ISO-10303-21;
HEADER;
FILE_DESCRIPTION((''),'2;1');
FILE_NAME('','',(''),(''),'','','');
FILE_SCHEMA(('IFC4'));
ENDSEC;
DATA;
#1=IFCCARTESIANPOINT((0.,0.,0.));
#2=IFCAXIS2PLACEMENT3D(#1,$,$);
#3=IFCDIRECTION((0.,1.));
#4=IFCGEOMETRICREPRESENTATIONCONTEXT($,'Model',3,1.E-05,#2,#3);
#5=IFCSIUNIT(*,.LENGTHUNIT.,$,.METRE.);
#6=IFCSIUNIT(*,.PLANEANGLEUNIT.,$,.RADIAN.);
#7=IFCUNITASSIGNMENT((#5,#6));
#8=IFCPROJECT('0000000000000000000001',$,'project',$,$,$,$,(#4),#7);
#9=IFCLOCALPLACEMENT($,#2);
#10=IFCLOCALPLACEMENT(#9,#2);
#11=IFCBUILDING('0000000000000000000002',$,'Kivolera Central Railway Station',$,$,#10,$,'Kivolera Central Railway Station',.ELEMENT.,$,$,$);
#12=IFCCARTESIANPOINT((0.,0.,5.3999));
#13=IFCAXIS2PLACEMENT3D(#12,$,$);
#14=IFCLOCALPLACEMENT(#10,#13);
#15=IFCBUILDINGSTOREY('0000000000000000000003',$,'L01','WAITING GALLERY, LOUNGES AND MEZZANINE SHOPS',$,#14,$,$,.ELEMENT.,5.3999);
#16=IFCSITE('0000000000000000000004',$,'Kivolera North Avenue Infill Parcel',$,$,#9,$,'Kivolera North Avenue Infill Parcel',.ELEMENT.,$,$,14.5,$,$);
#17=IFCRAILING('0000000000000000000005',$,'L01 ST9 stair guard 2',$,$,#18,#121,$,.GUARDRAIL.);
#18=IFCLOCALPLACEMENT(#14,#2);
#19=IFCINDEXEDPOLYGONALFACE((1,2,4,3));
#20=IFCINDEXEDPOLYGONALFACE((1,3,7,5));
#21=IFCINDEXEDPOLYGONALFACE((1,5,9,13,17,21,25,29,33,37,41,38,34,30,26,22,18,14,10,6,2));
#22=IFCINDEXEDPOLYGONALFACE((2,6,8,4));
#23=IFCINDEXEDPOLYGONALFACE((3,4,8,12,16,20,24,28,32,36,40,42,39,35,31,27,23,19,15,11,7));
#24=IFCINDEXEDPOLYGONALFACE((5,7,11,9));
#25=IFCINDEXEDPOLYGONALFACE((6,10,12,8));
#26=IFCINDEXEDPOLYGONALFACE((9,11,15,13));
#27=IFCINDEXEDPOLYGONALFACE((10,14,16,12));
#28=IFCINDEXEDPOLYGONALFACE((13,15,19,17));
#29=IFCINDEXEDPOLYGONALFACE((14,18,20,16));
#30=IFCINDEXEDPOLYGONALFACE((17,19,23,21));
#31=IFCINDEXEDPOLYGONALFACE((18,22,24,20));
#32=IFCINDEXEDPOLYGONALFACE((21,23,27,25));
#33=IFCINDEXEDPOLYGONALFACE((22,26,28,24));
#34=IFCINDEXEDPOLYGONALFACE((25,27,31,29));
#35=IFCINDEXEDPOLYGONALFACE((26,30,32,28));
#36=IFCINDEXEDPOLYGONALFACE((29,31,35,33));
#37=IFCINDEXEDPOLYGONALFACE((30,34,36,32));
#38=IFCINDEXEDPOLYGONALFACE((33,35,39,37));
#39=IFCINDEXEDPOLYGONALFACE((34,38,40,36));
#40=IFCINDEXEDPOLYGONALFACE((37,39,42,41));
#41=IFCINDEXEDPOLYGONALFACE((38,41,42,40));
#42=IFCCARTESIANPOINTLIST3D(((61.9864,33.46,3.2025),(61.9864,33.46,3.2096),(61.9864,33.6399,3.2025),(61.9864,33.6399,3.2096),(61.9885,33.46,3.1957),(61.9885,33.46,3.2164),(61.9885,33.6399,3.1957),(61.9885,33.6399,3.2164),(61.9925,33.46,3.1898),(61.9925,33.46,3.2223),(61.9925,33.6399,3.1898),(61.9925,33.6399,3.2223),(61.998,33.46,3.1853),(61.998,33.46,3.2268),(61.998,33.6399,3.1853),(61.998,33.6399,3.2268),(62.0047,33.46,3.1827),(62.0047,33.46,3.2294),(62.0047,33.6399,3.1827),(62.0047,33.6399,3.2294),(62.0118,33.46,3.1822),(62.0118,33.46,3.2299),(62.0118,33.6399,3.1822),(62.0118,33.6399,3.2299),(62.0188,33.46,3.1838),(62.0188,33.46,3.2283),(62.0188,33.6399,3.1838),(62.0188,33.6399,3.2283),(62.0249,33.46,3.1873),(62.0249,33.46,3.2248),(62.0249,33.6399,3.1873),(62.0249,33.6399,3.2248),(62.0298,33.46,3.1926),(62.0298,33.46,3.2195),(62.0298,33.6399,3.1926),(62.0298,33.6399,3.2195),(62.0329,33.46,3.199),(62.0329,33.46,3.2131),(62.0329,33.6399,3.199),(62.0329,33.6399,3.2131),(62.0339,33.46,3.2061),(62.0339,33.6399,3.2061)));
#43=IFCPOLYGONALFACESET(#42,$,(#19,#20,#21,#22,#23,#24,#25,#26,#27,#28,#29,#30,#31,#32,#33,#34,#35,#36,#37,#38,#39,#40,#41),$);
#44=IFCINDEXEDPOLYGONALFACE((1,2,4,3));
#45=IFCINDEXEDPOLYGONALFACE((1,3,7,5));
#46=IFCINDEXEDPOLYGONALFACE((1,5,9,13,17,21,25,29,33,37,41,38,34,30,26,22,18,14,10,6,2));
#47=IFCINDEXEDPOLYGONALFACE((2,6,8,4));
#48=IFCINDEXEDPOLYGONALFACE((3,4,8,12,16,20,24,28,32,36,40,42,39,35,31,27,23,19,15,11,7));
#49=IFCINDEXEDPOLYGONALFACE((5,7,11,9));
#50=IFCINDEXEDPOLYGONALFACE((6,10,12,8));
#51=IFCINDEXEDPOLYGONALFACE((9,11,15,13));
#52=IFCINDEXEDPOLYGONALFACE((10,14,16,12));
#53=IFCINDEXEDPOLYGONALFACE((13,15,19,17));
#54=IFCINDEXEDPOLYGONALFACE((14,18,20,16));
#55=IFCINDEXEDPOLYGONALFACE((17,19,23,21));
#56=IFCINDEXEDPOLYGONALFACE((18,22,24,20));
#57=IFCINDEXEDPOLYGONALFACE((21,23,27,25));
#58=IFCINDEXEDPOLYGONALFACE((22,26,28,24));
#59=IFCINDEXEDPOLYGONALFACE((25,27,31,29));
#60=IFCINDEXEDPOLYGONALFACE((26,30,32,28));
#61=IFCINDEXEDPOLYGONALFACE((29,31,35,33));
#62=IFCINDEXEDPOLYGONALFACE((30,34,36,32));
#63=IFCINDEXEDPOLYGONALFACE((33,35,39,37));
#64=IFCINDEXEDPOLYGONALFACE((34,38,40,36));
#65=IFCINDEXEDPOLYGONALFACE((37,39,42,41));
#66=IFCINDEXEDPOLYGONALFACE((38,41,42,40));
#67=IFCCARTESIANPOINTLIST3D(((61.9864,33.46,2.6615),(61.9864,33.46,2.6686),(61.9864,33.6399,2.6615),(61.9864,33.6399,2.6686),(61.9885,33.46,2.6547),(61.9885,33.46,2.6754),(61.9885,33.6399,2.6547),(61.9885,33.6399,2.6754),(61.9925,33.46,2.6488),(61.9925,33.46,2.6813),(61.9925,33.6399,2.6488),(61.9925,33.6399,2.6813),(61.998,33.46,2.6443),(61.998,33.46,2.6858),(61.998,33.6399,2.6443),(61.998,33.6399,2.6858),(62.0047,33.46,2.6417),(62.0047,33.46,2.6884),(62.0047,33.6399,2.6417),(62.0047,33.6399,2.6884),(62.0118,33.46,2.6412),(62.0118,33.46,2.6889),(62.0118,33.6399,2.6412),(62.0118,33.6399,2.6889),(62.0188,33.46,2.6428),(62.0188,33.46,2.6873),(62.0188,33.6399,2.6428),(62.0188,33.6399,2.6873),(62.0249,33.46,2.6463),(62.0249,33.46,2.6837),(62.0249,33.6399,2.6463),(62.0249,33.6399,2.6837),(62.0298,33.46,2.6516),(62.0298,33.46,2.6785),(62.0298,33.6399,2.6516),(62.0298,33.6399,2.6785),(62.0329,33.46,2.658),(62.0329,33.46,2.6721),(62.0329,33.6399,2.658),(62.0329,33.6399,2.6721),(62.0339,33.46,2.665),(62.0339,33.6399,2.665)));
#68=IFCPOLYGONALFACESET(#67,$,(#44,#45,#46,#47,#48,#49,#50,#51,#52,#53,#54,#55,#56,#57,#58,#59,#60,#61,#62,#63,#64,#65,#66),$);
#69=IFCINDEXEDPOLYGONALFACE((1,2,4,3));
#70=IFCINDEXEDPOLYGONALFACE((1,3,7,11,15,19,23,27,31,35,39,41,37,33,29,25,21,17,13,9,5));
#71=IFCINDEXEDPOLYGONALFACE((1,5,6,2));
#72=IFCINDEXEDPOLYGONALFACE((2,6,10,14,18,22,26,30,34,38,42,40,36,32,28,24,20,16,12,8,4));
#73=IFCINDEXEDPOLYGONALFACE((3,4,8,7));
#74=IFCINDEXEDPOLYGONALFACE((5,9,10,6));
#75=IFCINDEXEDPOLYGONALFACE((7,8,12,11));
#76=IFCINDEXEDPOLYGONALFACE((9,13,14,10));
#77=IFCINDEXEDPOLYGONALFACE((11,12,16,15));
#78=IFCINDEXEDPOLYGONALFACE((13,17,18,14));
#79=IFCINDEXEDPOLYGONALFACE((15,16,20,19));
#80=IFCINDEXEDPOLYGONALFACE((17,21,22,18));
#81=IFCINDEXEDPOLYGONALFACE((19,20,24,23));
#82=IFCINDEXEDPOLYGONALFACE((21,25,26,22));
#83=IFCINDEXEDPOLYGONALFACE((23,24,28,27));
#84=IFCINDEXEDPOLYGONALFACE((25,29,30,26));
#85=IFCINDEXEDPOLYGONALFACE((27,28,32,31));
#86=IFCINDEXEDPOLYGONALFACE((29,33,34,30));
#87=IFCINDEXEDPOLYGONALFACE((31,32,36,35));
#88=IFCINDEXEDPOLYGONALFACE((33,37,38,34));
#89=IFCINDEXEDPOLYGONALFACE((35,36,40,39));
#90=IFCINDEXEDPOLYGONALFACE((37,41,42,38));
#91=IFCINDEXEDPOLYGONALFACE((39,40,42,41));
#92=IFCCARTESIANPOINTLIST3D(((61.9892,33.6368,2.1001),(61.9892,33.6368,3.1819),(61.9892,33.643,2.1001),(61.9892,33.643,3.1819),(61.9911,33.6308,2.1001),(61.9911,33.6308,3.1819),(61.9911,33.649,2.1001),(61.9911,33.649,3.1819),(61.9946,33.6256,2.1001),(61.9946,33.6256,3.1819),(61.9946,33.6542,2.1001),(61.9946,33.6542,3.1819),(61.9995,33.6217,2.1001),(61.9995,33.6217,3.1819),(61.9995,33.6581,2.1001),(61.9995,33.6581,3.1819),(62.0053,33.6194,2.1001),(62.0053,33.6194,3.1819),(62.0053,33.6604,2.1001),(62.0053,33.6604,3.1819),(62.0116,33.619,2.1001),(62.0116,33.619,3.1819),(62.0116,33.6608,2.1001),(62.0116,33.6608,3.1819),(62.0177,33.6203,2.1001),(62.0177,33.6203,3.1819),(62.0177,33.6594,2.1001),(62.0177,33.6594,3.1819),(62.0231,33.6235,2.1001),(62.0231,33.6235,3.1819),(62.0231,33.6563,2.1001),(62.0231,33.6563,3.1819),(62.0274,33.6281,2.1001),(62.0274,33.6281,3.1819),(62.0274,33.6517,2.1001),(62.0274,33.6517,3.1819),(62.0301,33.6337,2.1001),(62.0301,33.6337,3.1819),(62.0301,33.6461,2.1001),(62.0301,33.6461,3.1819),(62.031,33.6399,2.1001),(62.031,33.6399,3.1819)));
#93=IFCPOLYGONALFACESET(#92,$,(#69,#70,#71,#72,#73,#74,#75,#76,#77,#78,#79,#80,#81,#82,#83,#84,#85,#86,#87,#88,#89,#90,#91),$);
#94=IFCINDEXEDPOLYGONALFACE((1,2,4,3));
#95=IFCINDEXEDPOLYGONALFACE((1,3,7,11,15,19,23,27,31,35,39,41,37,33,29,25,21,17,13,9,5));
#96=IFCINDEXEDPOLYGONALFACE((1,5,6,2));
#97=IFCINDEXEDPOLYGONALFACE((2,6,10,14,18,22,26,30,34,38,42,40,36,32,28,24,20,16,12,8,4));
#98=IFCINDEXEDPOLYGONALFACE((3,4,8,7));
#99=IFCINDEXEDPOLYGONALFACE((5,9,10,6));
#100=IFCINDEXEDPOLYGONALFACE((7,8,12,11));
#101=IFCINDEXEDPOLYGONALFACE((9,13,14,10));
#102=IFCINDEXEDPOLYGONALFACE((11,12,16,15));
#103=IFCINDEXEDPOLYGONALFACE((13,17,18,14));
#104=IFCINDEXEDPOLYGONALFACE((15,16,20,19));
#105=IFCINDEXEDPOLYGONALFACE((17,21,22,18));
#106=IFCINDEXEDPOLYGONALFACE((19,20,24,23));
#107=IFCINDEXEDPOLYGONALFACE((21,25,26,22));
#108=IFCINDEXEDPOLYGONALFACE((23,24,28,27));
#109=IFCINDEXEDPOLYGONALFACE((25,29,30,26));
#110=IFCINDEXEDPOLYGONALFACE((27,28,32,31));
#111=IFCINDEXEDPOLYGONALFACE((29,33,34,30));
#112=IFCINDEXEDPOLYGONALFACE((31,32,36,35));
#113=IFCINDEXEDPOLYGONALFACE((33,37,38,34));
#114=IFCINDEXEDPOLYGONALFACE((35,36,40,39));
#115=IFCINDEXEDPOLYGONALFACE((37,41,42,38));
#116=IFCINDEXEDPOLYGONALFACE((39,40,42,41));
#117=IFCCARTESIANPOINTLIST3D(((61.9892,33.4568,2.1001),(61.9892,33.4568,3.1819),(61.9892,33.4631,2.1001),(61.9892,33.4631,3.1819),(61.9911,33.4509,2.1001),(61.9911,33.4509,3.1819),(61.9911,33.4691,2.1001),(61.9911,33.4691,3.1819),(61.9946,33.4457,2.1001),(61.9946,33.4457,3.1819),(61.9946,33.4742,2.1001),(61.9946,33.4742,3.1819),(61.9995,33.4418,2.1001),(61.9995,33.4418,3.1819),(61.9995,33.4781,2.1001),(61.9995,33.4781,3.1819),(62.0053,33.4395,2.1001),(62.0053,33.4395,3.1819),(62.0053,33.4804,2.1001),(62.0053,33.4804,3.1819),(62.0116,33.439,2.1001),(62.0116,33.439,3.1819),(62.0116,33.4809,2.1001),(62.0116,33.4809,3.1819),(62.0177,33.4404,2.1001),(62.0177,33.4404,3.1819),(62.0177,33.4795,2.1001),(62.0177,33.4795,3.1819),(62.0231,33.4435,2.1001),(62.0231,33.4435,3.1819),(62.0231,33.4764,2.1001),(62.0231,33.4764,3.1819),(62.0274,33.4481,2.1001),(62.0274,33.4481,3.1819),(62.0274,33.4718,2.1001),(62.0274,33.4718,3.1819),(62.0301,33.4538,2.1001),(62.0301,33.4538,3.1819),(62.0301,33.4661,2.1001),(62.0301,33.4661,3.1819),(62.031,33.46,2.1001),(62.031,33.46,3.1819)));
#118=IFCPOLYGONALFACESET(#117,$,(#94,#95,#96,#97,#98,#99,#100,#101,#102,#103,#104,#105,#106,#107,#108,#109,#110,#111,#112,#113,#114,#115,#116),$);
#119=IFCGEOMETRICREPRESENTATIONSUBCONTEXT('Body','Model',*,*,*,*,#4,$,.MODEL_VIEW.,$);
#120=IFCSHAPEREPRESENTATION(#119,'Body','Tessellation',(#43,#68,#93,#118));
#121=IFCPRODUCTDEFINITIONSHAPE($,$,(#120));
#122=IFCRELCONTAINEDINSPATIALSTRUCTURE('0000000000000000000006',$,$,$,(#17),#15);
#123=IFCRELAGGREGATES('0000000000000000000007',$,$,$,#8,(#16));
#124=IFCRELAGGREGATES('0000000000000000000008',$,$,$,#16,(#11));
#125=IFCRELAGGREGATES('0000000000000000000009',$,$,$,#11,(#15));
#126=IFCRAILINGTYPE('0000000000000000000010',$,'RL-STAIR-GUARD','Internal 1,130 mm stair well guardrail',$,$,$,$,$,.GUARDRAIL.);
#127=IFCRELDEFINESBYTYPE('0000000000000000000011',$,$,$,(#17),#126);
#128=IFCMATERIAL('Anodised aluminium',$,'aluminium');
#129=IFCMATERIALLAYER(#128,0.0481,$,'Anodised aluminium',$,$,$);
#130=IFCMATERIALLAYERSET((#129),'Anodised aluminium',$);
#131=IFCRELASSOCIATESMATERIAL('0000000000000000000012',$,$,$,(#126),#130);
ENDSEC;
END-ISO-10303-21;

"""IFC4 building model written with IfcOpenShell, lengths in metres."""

from ifc_helpers import new_model, si_unit, direction, frame, origin, origin_2d, place, context, subcontext, project, spatial, circle, extrude, material, layer, layer_set, type_object, element, save


model = new_model("IFC4")

# Units and contexts
model_context = context("Model", 3, precision=1e-05, world=origin(), true_north=direction((0.0, 1.0)))
body_context = subcontext(model_context, "Body", "Model", "MODEL_VIEW")
ifc_project = project(units=[si_unit("LENGTHUNIT", "METRE"), si_unit("PLANEANGLEUNIT", "RADIAN")], contexts=[model_context])

# Site, building, storey
site_placement = place(None, origin())
site = spatial("IfcSite", under=ifc_project, at=site_placement, Name="Kivolera North Avenue Infill Parcel", LongName="Kivolera North Avenue Infill Parcel", CompositionType="ELEMENT", RefElevation=14.5)
building_placement = place(site_placement, origin())
building = spatial("IfcBuilding", under=site, at=building_placement, Name="Kivolera Central Railway Station", LongName="Kivolera Central Railway Station", CompositionType="ELEMENT")
storey_placement = place(building_placement, frame((0.0, 0.0, 5.3999)))
storey = spatial("IfcBuildingStorey", under=building, at=storey_placement, Name="L01", Description="WAITING GALLERY, LOUNGES AND MEZZANINE SHOPS", CompositionType="ELEMENT", Elevation=5.3999)

# Railing
ifc_material_1 = material(Name="Anodised aluminium", Category="aluminium")
ifc_layer_1 = layer(ifc_material_1, 0.0481, Name="Anodised aluminium")
ifc_layer_set_1 = layer_set([ifc_layer_1], Name="Anodised aluminium")
railing_type_1 = type_object("IfcRailingType", Name="RL-STAIR-GUARD", Description="Internal 1,130 mm stair well guardrail", PredefinedType="GUARDRAIL", material=ifc_layer_set_1)
railing_1_placement = place(storey_placement, frame((62.01, 33.6399, 2.1001)))
element("IfcRailing", 1, at=railing_1_placement, inside=storey, type_object=railing_type_1, Name="L01 ST9 stair guard 2", PredefinedType="GUARDRAIL", context=body_context, shape_type="SweptSolid", body=[
    extrude(circle(Radius=0.0239, at=origin_2d()), frame((0.0, 0.0, 1.106), z_axis=(0.0, -1.0, 0.0), x_axis=(1.0, 0.0, 0.0)), (0.0, 0.0, 1.0), 0.1799),
    extrude(circle(Radius=0.0239, at=origin_2d()), frame((0.0, 0.0, 0.5649), z_axis=(0.0, -1.0, 0.0), x_axis=(1.0, 0.0, 0.0)), (0.0, 0.0, 1.0), 0.1799),
    extrude(circle(Radius=0.021, at=origin_2d()), origin(), (0.0, 0.0, 1.0), 1.0818),
    extrude(circle(Radius=0.021, at=origin_2d()), frame((0.0, -0.1799, 0.0)), (0.0, 0.0, 1.0), 1.0818),
])

save(model, "model.ifc")
